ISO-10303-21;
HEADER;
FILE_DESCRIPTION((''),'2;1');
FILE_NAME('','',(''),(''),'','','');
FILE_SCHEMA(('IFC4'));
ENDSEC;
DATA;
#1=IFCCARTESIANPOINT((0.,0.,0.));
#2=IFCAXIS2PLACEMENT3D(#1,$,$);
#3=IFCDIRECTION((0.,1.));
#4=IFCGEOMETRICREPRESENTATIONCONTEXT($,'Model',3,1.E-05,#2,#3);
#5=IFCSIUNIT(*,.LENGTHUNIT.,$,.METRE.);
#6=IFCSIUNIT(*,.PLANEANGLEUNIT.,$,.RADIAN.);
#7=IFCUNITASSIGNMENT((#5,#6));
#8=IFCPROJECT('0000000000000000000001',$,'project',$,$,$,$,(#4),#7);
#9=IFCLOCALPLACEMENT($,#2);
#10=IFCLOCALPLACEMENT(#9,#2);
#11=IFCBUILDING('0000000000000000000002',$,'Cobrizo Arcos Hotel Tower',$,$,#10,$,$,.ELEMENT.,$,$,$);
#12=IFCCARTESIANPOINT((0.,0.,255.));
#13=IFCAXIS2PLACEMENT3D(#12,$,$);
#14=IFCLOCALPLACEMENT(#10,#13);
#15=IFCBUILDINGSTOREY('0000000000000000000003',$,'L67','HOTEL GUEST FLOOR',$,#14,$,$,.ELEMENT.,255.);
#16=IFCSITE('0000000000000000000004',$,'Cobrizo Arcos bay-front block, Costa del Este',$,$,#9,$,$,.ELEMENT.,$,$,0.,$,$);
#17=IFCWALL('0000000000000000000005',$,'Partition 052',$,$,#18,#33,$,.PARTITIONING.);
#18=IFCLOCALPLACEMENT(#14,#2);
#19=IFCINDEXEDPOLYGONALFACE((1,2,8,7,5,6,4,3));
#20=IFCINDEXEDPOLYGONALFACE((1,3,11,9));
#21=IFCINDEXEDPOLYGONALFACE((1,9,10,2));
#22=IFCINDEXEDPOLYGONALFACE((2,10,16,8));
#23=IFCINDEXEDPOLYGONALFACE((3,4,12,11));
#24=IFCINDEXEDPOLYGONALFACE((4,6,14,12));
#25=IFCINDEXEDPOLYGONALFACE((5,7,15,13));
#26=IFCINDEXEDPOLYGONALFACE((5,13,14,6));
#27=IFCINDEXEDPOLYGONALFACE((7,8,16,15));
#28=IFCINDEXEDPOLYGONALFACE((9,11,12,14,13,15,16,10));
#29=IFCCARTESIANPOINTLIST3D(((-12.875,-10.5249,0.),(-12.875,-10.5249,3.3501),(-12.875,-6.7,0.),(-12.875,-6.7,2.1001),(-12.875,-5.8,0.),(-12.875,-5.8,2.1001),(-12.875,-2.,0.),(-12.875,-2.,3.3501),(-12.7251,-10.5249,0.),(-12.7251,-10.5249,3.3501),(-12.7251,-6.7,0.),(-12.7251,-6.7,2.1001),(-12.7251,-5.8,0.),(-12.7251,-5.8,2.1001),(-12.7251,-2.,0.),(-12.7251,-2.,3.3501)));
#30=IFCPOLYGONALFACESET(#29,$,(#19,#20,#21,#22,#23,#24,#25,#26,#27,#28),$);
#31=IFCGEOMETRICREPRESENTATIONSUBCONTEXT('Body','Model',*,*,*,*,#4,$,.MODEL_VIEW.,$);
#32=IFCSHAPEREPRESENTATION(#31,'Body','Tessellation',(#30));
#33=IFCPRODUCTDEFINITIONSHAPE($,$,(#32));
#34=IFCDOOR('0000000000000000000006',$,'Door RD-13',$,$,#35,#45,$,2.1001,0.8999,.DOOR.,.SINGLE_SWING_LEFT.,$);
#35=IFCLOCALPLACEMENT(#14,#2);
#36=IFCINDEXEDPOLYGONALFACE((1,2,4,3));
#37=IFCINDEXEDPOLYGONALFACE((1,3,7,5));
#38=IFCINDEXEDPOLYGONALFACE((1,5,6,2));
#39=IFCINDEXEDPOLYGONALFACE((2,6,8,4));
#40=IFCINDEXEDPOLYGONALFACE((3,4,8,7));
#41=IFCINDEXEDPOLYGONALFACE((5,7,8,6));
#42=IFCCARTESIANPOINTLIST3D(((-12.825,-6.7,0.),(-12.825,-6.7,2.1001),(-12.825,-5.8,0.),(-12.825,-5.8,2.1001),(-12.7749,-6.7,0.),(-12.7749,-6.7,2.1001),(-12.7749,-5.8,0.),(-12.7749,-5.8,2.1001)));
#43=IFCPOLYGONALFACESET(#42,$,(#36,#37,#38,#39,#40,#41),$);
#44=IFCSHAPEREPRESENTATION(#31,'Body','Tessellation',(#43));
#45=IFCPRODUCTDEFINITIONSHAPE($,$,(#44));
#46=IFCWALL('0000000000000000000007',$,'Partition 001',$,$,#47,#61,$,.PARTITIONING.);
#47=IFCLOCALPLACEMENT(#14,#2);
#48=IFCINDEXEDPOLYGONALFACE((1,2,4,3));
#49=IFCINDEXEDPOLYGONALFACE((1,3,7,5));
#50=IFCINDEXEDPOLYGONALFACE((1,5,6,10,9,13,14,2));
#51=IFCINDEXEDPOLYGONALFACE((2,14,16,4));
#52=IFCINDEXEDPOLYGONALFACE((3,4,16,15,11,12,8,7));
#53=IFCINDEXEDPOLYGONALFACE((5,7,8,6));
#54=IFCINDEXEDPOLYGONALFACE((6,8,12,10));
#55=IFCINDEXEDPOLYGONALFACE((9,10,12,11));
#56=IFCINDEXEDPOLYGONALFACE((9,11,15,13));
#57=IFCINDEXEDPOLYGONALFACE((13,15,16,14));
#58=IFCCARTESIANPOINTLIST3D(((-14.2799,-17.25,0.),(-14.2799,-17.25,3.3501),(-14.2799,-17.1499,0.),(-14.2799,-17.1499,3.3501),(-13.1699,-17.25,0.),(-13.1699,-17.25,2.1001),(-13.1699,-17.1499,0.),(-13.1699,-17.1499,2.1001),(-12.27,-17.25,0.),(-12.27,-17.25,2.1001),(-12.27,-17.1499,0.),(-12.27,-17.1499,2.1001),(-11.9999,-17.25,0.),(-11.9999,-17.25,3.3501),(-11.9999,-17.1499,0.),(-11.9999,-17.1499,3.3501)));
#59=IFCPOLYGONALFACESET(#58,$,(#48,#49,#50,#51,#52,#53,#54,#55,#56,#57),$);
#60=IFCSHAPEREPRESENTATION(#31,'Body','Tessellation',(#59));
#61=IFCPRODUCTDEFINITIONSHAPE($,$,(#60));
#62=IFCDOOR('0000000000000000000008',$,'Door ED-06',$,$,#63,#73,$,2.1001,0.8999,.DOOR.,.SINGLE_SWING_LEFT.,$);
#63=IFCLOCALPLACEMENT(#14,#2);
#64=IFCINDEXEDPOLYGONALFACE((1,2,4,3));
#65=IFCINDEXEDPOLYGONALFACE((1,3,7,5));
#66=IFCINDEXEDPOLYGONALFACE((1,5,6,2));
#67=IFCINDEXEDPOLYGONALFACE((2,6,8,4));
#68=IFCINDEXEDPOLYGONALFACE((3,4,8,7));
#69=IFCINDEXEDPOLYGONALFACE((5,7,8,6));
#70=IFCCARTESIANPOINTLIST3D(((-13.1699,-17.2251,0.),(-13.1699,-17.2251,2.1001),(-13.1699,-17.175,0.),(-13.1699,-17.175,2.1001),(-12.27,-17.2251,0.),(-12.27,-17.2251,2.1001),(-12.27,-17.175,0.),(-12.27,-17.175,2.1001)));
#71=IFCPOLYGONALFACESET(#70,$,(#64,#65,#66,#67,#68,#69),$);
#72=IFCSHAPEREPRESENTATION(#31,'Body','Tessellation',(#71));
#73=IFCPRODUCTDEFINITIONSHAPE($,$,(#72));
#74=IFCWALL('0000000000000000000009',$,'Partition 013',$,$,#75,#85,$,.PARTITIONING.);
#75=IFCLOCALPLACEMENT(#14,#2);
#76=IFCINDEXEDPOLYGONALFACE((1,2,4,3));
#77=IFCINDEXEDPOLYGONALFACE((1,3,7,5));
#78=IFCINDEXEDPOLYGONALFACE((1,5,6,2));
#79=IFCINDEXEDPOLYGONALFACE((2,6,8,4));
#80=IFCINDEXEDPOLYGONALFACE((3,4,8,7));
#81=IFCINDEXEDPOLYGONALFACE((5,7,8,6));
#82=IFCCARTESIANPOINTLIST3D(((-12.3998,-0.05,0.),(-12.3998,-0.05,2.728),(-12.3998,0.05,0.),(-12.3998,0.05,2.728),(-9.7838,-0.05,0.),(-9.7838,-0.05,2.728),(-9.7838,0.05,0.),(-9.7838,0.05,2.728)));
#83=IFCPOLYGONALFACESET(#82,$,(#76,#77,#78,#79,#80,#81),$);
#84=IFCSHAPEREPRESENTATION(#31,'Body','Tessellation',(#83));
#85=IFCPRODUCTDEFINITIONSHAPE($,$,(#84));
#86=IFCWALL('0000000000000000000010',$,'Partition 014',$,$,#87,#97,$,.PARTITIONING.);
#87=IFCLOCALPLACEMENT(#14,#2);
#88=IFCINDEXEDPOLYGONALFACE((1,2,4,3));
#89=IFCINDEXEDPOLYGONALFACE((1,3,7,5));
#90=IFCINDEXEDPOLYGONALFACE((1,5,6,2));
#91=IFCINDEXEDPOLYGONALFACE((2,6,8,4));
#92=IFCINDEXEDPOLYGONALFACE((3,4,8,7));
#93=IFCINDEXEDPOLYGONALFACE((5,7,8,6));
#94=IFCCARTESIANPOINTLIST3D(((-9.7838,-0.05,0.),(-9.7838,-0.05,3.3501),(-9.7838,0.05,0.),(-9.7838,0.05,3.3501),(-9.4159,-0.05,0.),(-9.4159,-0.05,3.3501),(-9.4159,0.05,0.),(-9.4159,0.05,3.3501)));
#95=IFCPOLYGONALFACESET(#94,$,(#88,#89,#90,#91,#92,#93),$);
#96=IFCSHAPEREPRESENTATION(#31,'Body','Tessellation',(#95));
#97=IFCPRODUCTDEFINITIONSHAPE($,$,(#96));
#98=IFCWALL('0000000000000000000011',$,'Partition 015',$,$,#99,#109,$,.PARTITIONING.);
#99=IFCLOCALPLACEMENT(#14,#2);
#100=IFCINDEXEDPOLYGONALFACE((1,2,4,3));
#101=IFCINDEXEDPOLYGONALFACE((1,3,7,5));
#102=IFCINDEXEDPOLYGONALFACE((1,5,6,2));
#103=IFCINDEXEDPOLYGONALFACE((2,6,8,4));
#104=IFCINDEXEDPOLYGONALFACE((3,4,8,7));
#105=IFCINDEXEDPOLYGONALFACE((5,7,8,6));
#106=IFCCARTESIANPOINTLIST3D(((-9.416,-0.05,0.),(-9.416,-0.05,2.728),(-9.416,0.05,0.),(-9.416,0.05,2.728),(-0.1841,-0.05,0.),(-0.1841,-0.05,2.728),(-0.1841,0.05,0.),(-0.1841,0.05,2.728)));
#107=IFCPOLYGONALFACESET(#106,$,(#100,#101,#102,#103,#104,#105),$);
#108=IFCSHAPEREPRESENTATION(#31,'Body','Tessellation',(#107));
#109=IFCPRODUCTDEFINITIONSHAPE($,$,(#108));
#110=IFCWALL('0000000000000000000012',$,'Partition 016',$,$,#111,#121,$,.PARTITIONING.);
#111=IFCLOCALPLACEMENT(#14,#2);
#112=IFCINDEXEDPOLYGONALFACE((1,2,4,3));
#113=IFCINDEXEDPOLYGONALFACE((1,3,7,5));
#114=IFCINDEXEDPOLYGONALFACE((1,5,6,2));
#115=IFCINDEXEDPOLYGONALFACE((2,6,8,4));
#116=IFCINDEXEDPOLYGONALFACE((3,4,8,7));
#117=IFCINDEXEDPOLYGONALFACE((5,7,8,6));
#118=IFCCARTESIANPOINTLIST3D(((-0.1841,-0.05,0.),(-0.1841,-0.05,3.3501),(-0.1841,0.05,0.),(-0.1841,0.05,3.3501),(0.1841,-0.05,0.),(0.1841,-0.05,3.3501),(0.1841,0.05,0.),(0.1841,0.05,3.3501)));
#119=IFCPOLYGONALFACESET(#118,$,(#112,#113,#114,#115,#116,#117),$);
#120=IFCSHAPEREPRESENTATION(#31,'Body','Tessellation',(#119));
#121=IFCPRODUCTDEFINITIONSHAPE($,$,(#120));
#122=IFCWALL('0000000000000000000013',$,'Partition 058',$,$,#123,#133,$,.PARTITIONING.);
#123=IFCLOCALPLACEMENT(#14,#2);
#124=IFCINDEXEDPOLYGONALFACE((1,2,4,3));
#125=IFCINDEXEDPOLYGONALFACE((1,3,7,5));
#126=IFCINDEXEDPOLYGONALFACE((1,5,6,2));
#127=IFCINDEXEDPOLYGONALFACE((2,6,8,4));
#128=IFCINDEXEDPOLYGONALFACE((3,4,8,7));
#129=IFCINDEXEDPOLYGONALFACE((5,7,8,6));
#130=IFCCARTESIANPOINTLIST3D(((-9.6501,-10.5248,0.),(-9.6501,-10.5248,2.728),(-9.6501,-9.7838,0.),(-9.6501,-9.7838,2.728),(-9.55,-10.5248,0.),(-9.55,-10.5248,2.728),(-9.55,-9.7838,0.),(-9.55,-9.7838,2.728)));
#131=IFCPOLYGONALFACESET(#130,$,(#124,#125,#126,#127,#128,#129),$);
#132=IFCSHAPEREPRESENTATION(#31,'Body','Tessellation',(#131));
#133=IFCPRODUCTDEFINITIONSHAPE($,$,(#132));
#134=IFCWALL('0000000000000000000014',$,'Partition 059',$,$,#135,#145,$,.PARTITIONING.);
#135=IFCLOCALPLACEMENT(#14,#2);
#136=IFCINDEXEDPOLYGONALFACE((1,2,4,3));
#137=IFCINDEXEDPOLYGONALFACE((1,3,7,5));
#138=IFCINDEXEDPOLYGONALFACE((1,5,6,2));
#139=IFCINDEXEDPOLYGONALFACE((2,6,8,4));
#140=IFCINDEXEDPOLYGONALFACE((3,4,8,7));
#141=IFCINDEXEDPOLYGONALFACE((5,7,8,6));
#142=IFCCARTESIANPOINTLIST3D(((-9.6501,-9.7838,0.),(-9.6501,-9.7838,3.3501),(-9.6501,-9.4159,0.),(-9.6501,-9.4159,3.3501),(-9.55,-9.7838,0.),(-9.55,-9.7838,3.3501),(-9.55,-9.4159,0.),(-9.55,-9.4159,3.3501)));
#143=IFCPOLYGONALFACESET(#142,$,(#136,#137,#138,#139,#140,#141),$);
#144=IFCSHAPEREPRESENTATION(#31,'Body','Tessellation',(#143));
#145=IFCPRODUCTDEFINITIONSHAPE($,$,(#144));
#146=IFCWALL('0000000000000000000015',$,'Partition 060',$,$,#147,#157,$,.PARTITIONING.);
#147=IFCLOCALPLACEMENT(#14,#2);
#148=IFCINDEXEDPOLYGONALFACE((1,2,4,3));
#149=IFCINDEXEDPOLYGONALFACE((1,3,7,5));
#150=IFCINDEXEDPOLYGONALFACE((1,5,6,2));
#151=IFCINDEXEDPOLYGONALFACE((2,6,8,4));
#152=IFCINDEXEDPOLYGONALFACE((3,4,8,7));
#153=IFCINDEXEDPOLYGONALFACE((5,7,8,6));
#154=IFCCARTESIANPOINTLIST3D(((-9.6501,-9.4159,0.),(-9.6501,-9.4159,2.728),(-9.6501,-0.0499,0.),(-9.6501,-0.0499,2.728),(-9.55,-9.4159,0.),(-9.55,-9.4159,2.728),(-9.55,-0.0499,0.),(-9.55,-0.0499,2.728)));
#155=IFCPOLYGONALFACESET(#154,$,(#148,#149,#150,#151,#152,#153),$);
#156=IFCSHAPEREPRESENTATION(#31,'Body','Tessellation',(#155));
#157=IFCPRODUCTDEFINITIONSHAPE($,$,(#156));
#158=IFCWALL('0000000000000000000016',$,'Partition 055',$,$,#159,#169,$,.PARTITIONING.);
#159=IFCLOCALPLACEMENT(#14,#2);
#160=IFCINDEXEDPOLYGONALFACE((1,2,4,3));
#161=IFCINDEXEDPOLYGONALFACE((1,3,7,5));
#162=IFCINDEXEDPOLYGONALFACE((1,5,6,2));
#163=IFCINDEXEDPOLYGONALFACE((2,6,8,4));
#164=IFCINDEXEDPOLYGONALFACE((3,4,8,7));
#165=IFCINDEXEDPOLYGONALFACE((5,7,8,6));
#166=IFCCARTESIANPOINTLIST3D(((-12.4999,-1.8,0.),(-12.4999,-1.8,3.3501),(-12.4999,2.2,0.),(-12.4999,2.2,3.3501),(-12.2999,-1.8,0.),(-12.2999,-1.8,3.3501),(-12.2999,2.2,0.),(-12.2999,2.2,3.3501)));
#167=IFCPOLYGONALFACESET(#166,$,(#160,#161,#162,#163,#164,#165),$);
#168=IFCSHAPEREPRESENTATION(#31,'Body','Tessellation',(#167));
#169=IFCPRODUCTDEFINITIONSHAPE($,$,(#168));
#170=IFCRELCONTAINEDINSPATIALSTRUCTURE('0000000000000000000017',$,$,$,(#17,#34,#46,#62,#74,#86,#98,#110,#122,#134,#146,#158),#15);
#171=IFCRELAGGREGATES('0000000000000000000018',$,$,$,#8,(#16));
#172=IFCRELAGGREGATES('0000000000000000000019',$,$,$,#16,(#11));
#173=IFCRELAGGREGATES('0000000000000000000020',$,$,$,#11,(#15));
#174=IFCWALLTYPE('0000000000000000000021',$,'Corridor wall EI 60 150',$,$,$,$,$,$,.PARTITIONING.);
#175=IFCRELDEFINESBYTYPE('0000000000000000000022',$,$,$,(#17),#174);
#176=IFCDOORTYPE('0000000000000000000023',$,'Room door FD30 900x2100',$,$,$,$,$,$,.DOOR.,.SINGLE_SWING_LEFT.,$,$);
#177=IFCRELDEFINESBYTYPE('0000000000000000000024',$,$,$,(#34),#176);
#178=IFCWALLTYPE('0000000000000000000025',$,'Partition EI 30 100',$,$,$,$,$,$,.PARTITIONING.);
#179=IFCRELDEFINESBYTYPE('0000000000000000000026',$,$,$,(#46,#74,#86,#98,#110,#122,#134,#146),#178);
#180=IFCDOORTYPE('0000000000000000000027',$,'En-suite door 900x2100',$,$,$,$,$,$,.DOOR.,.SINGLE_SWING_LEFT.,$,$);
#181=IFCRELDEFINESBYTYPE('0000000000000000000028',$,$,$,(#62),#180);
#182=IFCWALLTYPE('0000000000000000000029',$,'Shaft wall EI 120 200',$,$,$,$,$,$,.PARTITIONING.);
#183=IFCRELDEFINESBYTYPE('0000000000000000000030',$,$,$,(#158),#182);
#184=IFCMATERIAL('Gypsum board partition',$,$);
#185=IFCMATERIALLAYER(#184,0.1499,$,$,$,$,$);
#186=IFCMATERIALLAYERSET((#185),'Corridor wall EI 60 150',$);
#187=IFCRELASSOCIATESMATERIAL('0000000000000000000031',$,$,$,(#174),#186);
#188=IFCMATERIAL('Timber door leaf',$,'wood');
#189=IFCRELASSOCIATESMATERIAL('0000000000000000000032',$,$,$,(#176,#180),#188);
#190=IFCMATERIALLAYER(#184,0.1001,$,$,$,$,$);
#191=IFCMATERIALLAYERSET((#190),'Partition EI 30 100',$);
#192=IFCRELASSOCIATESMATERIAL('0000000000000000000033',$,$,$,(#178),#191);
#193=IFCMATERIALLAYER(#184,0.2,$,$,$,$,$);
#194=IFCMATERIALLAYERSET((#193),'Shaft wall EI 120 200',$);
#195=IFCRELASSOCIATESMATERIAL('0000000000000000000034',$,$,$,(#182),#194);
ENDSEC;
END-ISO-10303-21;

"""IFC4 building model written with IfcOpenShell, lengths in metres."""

from ifc_helpers import new_model, si_unit, direction, frame, frame_2d, origin, place, context, subcontext, project, spatial, rectangle, extrude, material, layer, layer_set, type_object, element, fill, save


model = new_model("IFC4")

# Units and contexts
model_context = context("Model", 3, precision=1e-05, world=origin(), true_north=direction((0.0, 1.0)))
body_context = subcontext(model_context, "Body", "Model", "MODEL_VIEW")
ifc_project = project(units=[si_unit("LENGTHUNIT", "METRE"), si_unit("PLANEANGLEUNIT", "RADIAN")], contexts=[model_context])

# Site, building, storey
site_placement = place(None, origin())
site = spatial("IfcSite", under=ifc_project, at=site_placement, Name="Cobrizo Arcos bay-front block, Costa del Este", CompositionType="ELEMENT", RefElevation=0.0)
building_placement = place(site_placement, origin())
building = spatial("IfcBuilding", under=site, at=building_placement, Name="Cobrizo Arcos Hotel Tower", CompositionType="ELEMENT")
storey_placement = place(building_placement, frame((0.0, 0.0, 255.0)))
storey = spatial("IfcBuildingStorey", under=building, at=storey_placement, Name="L67", Description="HOTEL GUEST FLOOR", CompositionType="ELEMENT", Elevation=255.0)

# Walls, openings, doors
ifc_material_1 = material(Name="Gypsum board partition")
ifc_layer_1 = layer(ifc_material_1, 0.1499)
ifc_layer_set_1 = layer_set([ifc_layer_1], Name="Corridor wall EI 60 150")
wall_type_1 = type_object("IfcWallType", Name="Corridor wall EI 60 150", PredefinedType="PARTITIONING", material=ifc_layer_set_1)
ifc_material_2 = material(Name="Timber door leaf", Category="wood")
door_type_1 = type_object("IfcDoorType", Name="Room door FD30 900x2100", OperationType="SINGLE_SWING_LEFT", PredefinedType="DOOR", material=ifc_material_2)
wall_1_placement = place(storey_placement, frame((-12.8, -10.5249, 0.0), z_axis=(0.0, 0.0, 1.0), x_axis=(0.0, 1.0, 0.0)))
wall_1 = element("IfcWall", 1, at=wall_1_placement, inside=storey, type_object=wall_type_1, Name="Partition 052", PredefinedType="PARTITIONING", context=body_context, shape_type="SweptSolid", body=[
    extrude(rectangle(XDim=8.5249, YDim=0.1499, at=frame_2d((4.2625, 0.0))), origin(), (0.0, 0.0, 1.0), 3.3501),
])
opening_1_placement = place(wall_1_placement, frame((3.825, 0.0, 0.0)))
opening_1 = element("IfcOpeningElement", 2, at=opening_1_placement, cuts=wall_1, PredefinedType="OPENING", context=body_context, shape_type="SweptSolid", body=[
    extrude(rectangle(XDim=0.8999, YDim=2.1001, at=frame_2d((0.45, 1.05))), frame((0.0, 0.0869, 0.0), z_axis=(0.0, -1.0, 0.0), x_axis=(1.0, 0.0, 0.0)), (0.0, 0.0, 1.0), 0.1738),
])
door_1_placement = place(opening_1_placement, origin())
door_1 = element("IfcDoor", 3, at=door_1_placement, inside=storey, type_object=door_type_1, Name="Door RD-13", OperationType="SINGLE_SWING_LEFT", OverallHeight=2.1001, OverallWidth=0.8999, PredefinedType="DOOR", context=body_context, shape_type="SweptSolid", body=[
    extrude(rectangle(XDim=0.8999, YDim=2.1001, at=frame_2d((0.45, 1.05))), frame((0.0, 0.0249, 0.0), z_axis=(0.0, -1.0, 0.0), x_axis=(1.0, 0.0, 0.0)), (0.0, 0.0, 1.0), 0.05),
])
fill(opening_1, door_1)
ifc_layer_2 = layer(ifc_material_1, 0.1001)
ifc_layer_set_2 = layer_set([ifc_layer_2], Name="Partition EI 30 100")
wall_type_2 = type_object("IfcWallType", Name="Partition EI 30 100", PredefinedType="PARTITIONING", material=ifc_layer_set_2)
wall_2_placement = place(storey_placement, frame((-14.28, -17.2, 0.0), z_axis=(0.0, 0.0, 1.0), x_axis=(1.0, 0.0, 0.0)))
wall_2 = element("IfcWall", 4, at=wall_2_placement, inside=storey, type_object=wall_type_2, Name="Partition 001", PredefinedType="PARTITIONING", context=body_context, shape_type="SweptSolid", body=[
    extrude(rectangle(XDim=2.28, YDim=0.1001, at=frame_2d((1.1401, 0.0))), origin(), (0.0, 0.0, 1.0), 3.3501),
])
opening_2_placement = place(wall_2_placement, frame((1.1101, 0.0, 0.0)))
opening_2 = element("IfcOpeningElement", 5, at=opening_2_placement, cuts=wall_2, PredefinedType="OPENING", context=body_context, shape_type="SweptSolid", body=[
    extrude(rectangle(XDim=0.8999, YDim=2.1001, at=frame_2d((0.45, 1.05))), frame((0.0, 0.062, 0.0), z_axis=(0.0, -1.0, 0.0), x_axis=(1.0, 0.0, 0.0)), (0.0, 0.0, 1.0), 0.124),
])
door_type_2 = type_object("IfcDoorType", Name="En-suite door 900x2100", OperationType="SINGLE_SWING_LEFT", PredefinedType="DOOR", material=ifc_material_2)
door_2_placement = place(opening_2_placement, origin())
door_2 = element("IfcDoor", 6, at=door_2_placement, inside=storey, type_object=door_type_2, Name="Door ED-06", OperationType="SINGLE_SWING_LEFT", OverallHeight=2.1001, OverallWidth=0.8999, PredefinedType="DOOR", context=body_context, shape_type="SweptSolid", body=[
    extrude(rectangle(XDim=0.8999, YDim=2.1001, at=frame_2d((0.45, 1.05))), frame((0.0, 0.0249, 0.0), z_axis=(0.0, -1.0, 0.0), x_axis=(1.0, 0.0, 0.0)), (0.0, 0.0, 1.0), 0.05),
])
fill(opening_2, door_2)

# Walls
wall_3_placement = place(storey_placement, frame((-12.3999, 0.0, 0.0), z_axis=(0.0, 0.0, 1.0), x_axis=(1.0, 0.0, 0.0)))
element("IfcWall", 7, at=wall_3_placement, inside=storey, type_object=wall_type_2, Name="Partition 013", PredefinedType="PARTITIONING", context=body_context, shape_type="SweptSolid", body=[
    extrude(rectangle(XDim=2.616, YDim=0.1001, at=frame_2d((1.3081, 0.0))), origin(), (0.0, 0.0, 1.0), 2.728),
])
wall_4_placement = place(storey_placement, frame((-9.7839, 0.0, 0.0), z_axis=(0.0, 0.0, 1.0), x_axis=(1.0, 0.0, 0.0)))
element("IfcWall", 8, at=wall_4_placement, inside=storey, type_object=wall_type_2, Name="Partition 014", PredefinedType="PARTITIONING", context=body_context, shape_type="SweptSolid", body=[
    extrude(rectangle(XDim=0.3679, YDim=0.1001, at=frame_2d((0.1841, 0.0))), origin(), (0.0, 0.0, 1.0), 3.3501),
])
wall_5_placement = place(storey_placement, frame((-9.416, 0.0, 0.0), z_axis=(0.0, 0.0, 1.0), x_axis=(1.0, 0.0, 0.0)))
element("IfcWall", 9, at=wall_5_placement, inside=storey, type_object=wall_type_2, Name="Partition 015", PredefinedType="PARTITIONING", context=body_context, shape_type="SweptSolid", body=[
    extrude(rectangle(XDim=9.2319, YDim=0.1001, at=frame_2d((4.616, 0.0))), origin(), (0.0, 0.0, 1.0), 2.728),
])
wall_6_placement = place(storey_placement, frame((-0.1841, 0.0, 0.0), z_axis=(0.0, 0.0, 1.0), x_axis=(1.0, 0.0, 0.0)))
element("IfcWall", 10, at=wall_6_placement, inside=storey, type_object=wall_type_2, Name="Partition 016", PredefinedType="PARTITIONING", context=body_context, shape_type="SweptSolid", body=[
    extrude(rectangle(XDim=0.3682, YDim=0.1001, at=frame_2d((0.1841, 0.0))), origin(), (0.0, 0.0, 1.0), 3.3501),
])
wall_7_placement = place(storey_placement, frame((-9.6001, -10.5249, 0.0), z_axis=(0.0, 0.0, 1.0), x_axis=(0.0, 1.0, 0.0)))
element("IfcWall", 11, at=wall_7_placement, inside=storey, type_object=wall_type_2, Name="Partition 058", PredefinedType="PARTITIONING", context=body_context, shape_type="SweptSolid", body=[
    extrude(rectangle(XDim=0.741, YDim=0.1001, at=frame_2d((0.3706, 0.0))), origin(), (0.0, 0.0, 1.0), 2.728),
])
wall_8_placement = place(storey_placement, frame((-9.6001, -9.7839, 0.0), z_axis=(0.0, 0.0, 1.0), x_axis=(0.0, 1.0, 0.0)))
element("IfcWall", 12, at=wall_8_placement, inside=storey, type_object=wall_type_2, Name="Partition 059", PredefinedType="PARTITIONING", context=body_context, shape_type="SweptSolid", body=[
    extrude(rectangle(XDim=0.3679, YDim=0.1001, at=frame_2d((0.1841, 0.0))), origin(), (0.0, 0.0, 1.0), 3.3501),
])
wall_9_placement = place(storey_placement, frame((-9.6001, -9.416, 0.0), z_axis=(0.0, 0.0, 1.0), x_axis=(0.0, 1.0, 0.0)))
element("IfcWall", 13, at=wall_9_placement, inside=storey, type_object=wall_type_2, Name="Partition 060", PredefinedType="PARTITIONING", context=body_context, shape_type="SweptSolid", body=[
    extrude(rectangle(XDim=9.366, YDim=0.1001, at=frame_2d((4.6831, 0.0))), origin(), (0.0, 0.0, 1.0), 2.728),
])
ifc_layer_3 = layer(ifc_material_1, 0.2)
ifc_layer_set_3 = layer_set([ifc_layer_3], Name="Shaft wall EI 120 200")
wall_type_3 = type_object("IfcWallType", Name="Shaft wall EI 120 200", PredefinedType="PARTITIONING", material=ifc_layer_set_3)
wall_10_placement = place(storey_placement, frame((-12.3999, -1.8, 0.0), z_axis=(0.0, 0.0, 1.0), x_axis=(0.0, 1.0, 0.0)))
element("IfcWall", 14, at=wall_10_placement, inside=storey, type_object=wall_type_3, Name="Partition 055", PredefinedType="PARTITIONING", context=body_context, shape_type="SweptSolid", body=[
    extrude(rectangle(XDim=4.0, YDim=0.2, at=frame_2d((2.0, 0.0))), origin(), (0.0, 0.0, 1.0), 3.3501),
])

save(model, "model.ifc")
